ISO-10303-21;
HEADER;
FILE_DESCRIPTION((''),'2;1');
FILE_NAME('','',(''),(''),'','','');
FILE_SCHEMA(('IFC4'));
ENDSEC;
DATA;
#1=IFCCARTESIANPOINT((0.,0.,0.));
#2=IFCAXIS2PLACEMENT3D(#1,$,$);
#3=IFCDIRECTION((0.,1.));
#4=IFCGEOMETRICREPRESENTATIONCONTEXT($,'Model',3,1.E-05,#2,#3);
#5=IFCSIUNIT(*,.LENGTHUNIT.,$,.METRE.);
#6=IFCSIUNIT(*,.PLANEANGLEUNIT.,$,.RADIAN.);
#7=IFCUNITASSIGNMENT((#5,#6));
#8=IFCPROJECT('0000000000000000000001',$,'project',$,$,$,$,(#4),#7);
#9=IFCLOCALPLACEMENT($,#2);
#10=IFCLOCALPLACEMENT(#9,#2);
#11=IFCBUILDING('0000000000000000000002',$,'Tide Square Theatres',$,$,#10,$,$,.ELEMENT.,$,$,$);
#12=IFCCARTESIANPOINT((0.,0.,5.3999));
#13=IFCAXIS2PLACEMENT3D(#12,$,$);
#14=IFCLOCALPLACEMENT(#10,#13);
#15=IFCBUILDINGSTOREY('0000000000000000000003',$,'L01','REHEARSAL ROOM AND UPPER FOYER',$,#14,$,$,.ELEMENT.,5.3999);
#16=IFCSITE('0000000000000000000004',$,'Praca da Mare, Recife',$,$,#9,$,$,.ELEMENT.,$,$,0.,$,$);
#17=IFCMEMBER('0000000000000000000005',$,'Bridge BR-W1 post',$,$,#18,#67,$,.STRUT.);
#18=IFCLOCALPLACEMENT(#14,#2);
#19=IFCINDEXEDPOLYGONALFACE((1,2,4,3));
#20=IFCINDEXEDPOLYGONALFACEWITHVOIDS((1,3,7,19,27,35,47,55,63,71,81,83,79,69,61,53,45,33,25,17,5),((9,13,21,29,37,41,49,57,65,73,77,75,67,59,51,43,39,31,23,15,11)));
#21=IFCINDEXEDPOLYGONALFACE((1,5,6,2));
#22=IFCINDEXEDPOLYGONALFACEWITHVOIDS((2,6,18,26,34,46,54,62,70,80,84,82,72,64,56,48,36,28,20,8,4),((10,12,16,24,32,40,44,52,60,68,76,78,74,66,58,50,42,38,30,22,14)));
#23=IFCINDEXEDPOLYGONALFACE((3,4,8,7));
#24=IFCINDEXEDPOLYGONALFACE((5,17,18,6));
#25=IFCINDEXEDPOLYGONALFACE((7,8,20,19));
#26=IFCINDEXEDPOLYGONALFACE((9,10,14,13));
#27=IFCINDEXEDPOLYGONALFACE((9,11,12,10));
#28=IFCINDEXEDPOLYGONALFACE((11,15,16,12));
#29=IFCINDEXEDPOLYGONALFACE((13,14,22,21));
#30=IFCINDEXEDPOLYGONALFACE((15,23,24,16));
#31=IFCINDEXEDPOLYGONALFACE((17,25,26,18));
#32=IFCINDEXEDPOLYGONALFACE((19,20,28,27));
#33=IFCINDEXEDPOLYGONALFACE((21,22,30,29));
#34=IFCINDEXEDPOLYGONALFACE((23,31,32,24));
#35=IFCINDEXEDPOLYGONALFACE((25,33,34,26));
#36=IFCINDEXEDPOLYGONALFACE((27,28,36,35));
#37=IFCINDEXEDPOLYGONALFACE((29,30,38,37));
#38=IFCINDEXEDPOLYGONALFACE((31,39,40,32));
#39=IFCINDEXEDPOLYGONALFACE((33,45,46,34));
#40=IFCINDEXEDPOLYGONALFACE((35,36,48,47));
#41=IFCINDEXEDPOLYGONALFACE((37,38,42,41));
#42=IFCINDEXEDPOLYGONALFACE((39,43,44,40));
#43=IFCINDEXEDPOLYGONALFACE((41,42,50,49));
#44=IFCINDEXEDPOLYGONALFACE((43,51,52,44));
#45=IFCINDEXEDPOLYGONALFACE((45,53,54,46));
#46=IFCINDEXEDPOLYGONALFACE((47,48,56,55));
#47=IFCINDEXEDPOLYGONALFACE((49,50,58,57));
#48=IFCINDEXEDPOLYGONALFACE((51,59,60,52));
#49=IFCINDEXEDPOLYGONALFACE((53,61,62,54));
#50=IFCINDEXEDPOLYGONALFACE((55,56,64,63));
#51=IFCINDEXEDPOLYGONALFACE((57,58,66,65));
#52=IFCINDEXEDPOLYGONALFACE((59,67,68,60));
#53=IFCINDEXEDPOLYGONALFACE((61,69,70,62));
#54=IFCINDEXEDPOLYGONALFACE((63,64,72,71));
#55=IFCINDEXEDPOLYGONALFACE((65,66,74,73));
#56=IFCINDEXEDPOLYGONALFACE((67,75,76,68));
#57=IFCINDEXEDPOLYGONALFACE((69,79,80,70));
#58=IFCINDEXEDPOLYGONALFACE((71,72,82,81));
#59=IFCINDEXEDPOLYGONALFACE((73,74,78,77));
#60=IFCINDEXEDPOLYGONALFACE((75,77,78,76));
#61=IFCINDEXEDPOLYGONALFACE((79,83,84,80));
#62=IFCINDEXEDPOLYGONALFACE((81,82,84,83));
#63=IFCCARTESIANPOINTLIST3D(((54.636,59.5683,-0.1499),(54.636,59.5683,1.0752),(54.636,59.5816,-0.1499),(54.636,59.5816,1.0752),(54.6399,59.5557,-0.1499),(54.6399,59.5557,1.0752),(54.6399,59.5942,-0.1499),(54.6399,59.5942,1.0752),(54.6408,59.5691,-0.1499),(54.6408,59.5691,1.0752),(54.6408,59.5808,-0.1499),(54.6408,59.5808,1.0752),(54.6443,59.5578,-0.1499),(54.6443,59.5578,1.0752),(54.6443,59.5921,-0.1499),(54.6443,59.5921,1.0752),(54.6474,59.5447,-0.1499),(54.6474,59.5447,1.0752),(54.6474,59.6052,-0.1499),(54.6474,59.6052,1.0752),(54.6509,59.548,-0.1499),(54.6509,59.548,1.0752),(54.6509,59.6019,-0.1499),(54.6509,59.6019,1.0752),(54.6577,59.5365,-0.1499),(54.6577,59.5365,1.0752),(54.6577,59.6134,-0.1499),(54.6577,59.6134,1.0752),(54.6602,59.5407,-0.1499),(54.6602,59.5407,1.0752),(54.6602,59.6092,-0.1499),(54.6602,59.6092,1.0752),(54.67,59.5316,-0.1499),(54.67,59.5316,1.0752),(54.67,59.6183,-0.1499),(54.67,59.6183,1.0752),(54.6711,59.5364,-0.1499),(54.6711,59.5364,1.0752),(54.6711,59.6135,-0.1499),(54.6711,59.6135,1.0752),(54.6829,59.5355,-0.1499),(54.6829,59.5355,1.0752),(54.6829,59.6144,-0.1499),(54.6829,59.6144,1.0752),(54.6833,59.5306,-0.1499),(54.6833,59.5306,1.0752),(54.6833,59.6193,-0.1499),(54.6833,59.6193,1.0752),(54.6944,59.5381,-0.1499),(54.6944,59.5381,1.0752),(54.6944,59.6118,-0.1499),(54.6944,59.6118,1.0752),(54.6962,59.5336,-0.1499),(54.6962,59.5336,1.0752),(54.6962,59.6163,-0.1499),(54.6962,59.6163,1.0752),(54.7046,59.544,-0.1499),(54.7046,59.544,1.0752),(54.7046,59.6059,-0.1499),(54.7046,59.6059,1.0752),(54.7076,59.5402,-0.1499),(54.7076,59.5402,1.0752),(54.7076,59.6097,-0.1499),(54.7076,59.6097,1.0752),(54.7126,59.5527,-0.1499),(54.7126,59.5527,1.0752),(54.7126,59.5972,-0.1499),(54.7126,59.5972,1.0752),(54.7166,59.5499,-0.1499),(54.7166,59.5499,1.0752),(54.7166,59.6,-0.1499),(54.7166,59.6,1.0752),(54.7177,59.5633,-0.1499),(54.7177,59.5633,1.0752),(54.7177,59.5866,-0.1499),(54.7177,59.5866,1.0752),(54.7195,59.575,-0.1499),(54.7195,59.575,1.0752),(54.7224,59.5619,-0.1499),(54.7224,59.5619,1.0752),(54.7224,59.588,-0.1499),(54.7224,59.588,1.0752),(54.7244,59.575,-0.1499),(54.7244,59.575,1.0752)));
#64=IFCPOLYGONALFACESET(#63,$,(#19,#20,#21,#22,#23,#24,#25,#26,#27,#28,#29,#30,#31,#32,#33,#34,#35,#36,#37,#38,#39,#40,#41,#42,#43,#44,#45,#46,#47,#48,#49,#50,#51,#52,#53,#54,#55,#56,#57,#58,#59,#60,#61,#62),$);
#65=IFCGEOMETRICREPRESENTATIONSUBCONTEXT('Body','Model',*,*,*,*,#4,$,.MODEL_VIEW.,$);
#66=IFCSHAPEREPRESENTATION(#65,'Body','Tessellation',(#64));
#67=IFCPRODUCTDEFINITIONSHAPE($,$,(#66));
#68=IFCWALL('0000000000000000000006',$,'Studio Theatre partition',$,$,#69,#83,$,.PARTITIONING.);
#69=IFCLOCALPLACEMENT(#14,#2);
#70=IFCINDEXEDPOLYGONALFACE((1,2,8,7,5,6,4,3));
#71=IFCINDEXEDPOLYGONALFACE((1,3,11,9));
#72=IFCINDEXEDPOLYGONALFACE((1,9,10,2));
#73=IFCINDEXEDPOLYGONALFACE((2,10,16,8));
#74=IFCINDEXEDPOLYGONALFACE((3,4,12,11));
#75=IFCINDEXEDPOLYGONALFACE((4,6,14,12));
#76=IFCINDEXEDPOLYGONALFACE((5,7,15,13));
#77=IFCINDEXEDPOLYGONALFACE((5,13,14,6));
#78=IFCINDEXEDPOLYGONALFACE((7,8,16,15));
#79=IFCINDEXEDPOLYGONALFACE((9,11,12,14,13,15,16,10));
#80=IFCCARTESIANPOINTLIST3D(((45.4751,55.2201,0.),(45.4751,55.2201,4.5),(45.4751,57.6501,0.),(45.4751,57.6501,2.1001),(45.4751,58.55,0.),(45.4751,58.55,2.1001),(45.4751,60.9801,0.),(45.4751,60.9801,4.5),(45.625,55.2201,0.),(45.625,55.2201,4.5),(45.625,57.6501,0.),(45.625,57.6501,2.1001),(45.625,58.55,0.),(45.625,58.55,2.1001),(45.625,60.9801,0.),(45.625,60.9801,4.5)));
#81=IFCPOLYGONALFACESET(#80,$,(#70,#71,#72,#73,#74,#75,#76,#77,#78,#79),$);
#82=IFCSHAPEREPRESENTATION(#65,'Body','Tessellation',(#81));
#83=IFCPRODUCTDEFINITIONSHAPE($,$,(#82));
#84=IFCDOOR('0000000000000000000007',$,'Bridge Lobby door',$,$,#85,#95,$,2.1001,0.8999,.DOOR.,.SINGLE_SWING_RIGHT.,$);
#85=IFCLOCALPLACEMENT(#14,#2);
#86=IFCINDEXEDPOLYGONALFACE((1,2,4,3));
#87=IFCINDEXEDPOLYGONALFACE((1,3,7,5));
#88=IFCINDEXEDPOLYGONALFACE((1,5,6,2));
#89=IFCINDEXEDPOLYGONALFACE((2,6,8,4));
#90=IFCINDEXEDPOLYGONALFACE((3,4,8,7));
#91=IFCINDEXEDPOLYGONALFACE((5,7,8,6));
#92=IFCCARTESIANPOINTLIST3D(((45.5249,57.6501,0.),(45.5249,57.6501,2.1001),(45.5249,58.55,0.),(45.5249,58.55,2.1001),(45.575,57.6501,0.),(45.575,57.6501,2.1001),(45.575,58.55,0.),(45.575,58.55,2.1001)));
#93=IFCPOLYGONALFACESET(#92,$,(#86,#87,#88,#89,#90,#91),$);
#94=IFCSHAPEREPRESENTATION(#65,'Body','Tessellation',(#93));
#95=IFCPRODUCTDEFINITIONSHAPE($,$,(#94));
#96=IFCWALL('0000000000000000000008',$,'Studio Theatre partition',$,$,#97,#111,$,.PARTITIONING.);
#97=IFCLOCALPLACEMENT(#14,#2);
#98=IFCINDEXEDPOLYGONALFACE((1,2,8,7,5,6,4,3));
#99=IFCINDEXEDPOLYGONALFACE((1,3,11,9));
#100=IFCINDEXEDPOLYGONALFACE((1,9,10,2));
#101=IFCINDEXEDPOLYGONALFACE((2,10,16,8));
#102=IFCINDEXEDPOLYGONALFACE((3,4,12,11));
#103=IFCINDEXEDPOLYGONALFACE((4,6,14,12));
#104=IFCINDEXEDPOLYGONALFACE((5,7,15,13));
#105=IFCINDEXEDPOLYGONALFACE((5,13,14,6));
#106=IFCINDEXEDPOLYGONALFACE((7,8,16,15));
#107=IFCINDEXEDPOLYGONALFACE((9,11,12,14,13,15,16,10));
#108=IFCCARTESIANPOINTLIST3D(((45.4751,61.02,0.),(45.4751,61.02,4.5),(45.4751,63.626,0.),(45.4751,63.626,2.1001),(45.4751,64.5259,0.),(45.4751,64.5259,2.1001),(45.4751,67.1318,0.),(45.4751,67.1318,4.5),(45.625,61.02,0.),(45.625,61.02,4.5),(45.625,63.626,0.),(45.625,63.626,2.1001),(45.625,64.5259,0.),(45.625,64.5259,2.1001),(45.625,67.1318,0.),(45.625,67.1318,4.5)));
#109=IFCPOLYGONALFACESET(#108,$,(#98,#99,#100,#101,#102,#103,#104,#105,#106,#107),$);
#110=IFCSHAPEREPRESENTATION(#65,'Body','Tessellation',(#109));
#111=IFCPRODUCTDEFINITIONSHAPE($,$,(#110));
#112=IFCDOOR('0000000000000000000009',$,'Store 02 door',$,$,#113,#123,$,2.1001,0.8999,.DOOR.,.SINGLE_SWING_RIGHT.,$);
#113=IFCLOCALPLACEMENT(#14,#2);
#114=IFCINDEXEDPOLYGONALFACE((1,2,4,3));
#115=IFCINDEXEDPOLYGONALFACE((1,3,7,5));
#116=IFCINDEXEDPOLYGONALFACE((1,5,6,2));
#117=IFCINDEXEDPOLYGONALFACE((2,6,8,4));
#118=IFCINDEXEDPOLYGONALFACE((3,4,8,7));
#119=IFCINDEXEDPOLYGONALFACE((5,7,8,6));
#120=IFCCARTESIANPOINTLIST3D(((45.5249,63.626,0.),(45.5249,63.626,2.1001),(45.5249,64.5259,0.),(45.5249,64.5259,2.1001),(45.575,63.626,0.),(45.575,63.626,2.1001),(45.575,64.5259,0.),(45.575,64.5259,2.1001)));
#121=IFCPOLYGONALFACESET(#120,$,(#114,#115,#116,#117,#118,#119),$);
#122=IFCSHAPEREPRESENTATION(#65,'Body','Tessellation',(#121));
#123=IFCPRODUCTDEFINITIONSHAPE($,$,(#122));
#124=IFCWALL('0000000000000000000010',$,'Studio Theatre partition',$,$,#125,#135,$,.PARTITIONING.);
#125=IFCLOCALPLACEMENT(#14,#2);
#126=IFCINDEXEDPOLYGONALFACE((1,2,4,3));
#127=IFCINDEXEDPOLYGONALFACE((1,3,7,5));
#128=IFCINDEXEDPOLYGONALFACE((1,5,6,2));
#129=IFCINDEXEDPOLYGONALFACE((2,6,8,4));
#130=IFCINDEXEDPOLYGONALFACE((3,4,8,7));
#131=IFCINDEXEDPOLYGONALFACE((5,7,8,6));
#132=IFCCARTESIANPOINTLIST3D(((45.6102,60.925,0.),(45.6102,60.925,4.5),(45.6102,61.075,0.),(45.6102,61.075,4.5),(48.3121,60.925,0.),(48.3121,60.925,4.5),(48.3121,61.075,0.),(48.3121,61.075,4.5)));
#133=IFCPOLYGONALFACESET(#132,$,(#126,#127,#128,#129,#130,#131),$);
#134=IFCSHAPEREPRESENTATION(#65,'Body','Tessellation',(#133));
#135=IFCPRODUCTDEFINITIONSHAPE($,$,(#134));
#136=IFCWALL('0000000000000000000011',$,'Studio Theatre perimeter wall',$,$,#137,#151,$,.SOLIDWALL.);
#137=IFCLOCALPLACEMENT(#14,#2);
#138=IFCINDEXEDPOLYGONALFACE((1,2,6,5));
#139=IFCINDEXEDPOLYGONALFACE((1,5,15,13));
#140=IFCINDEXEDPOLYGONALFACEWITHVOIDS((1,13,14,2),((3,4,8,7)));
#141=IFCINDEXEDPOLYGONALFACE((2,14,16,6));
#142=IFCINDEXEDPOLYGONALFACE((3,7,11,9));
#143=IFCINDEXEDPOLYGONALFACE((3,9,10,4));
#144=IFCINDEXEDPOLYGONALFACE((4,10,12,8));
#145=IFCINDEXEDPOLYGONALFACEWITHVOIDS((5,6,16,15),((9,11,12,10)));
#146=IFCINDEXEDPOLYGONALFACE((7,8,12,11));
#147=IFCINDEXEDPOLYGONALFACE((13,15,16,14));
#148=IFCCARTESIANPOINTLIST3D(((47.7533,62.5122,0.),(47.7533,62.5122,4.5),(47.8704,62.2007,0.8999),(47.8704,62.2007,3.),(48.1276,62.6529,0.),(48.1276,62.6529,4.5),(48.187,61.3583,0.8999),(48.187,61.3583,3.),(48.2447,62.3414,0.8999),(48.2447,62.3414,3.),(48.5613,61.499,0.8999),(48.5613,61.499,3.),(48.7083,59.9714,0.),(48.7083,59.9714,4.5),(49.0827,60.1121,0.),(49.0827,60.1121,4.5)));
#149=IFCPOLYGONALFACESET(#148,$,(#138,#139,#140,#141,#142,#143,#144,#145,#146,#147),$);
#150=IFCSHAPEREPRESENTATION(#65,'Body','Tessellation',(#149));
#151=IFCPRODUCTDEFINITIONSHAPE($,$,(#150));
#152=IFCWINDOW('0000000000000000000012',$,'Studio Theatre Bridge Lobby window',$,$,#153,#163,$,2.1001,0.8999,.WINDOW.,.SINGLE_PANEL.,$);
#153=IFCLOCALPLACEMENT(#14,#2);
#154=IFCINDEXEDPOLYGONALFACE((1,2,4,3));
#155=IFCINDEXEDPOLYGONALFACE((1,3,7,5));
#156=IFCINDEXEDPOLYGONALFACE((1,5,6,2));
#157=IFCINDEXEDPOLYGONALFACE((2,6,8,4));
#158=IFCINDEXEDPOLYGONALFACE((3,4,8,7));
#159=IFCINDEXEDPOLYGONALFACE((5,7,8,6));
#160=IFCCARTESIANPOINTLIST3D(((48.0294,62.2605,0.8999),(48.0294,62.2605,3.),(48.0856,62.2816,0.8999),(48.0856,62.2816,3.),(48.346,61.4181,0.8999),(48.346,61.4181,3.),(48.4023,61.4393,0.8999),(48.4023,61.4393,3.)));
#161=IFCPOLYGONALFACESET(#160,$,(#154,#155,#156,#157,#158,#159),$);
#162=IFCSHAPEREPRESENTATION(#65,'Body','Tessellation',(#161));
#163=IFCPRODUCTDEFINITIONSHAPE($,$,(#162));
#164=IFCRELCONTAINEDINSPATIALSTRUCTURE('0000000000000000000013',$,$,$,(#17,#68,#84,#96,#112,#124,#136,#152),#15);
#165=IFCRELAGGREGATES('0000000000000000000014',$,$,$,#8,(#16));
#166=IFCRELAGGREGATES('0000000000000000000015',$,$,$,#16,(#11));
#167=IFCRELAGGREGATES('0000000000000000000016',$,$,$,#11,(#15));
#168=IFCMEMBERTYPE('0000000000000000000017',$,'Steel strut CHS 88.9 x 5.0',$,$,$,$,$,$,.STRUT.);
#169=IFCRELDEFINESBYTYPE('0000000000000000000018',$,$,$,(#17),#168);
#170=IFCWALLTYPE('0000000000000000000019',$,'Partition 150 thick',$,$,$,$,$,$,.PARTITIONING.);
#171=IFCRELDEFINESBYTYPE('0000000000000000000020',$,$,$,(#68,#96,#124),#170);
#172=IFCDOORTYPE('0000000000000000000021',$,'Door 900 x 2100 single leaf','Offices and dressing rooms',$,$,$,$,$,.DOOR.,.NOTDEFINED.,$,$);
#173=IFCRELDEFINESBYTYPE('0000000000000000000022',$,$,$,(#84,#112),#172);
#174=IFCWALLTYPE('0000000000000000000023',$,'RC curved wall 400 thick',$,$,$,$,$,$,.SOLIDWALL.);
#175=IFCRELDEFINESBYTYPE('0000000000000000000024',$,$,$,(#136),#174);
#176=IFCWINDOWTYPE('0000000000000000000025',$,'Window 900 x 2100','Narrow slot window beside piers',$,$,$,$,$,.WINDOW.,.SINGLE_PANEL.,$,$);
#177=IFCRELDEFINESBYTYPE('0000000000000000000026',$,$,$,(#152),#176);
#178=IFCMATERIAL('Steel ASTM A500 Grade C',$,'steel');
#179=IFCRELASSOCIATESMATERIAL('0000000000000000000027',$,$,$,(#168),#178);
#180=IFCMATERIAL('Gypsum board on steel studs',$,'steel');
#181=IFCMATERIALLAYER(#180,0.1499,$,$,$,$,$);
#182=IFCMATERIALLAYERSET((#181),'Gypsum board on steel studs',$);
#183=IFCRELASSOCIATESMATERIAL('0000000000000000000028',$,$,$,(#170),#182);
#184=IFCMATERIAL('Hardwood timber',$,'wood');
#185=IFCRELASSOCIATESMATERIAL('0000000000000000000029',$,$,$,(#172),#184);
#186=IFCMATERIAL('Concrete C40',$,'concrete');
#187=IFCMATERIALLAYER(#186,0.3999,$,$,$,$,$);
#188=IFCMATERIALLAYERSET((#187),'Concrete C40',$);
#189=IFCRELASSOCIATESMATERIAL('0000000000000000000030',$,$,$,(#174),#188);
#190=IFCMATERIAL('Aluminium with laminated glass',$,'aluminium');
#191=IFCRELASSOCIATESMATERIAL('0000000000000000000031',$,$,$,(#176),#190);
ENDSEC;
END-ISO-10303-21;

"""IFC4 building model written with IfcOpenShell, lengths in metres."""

from ifc_helpers import new_model, si_unit, direction, frame, frame_2d, origin, origin_2d, place, context, subcontext, project, spatial, rectangle, hollow_circle, extrude, material, layer, layer_set, material_profile, profile_set, type_object, element, fill, save


model = new_model("IFC4")

# Units and contexts
model_context = context("Model", 3, precision=1e-05, world=origin(), true_north=direction((0.0, 1.0)))
body_context = subcontext(model_context, "Body", "Model", "MODEL_VIEW")
ifc_project = project(units=[si_unit("LENGTHUNIT", "METRE"), si_unit("PLANEANGLEUNIT", "RADIAN")], contexts=[model_context])

# Site, building, storey
site_placement = place(None, origin())
site = spatial("IfcSite", under=ifc_project, at=site_placement, Name="Praca da Mare, Recife", CompositionType="ELEMENT", RefElevation=0.0)
building_placement = place(site_placement, origin())
building = spatial("IfcBuilding", under=site, at=building_placement, Name="Tide Square Theatres", CompositionType="ELEMENT")
storey_placement = place(building_placement, frame((0.0, 0.0, 5.3999)))
storey = spatial("IfcBuildingStorey", under=building, at=storey_placement, Name="L01", Description="REHEARSAL ROOM AND UPPER FOYER", CompositionType="ELEMENT", Elevation=5.3999)

# Member
ifc_material_1 = material(Name="Steel ASTM A500 Grade C", Category="steel")
ifc_material_profile_1 = material_profile(ifc_material_1, hollow_circle(Radius=0.0444, WallThickness=0.0049, at=origin_2d()))
ifc_profile_set_1 = profile_set([ifc_material_profile_1], Name="Steel ASTM A500 Grade C")
member_type_1 = type_object("IfcMemberType", Name="Steel strut CHS 88.9 x 5.0", PredefinedType="STRUT", material=ifc_profile_set_1)
for number, where, z_axis, x_axis, name in (
    (1, (54.6799, 59.575, -0.1499), (0.0, 0.0, 1.0), (1.0, 0.0, 0.0), "Bridge BR-W1 post"),
):
    element("IfcMember", number, at=place(storey_placement, frame(where, z_axis=z_axis, x_axis=x_axis)), inside=storey, type_object=member_type_1, Name=name, PredefinedType="STRUT", context=body_context, shape_type="SweptSolid", body=[
        extrude(hollow_circle(Radius=0.0444, WallThickness=0.0049, at=origin_2d()), origin(), (0.0, 0.0, 1.0), 1.2251),
    ])

# Walls, openings, doors
ifc_material_2 = material(Name="Gypsum board on steel studs", Category="steel")
ifc_layer_1 = layer(ifc_material_2, 0.1499)
ifc_layer_set_1 = layer_set([ifc_layer_1], Name="Gypsum board on steel studs")
wall_type_1 = type_object("IfcWallType", Name="Partition 150 thick", PredefinedType="PARTITIONING", material=ifc_layer_set_1)
wall_1_placement = place(storey_placement, frame((45.55, 60.98, 0.0), z_axis=(0.0, 0.0, 1.0), x_axis=(0.0, -1.0, 0.0)))
wall_1 = element("IfcWall", 2, at=wall_1_placement, inside=storey, type_object=wall_type_1, Name="Studio Theatre partition", PredefinedType="PARTITIONING", context=body_context, shape_type="SweptSolid", body=[
    extrude(rectangle(XDim=5.76, YDim=0.1499, at=frame_2d((2.8799, 0.0))), origin(), (0.0, 0.0, 1.0), 4.5),
])
opening_1_placement = place(wall_1_placement, frame((2.4299, 0.0, 0.0)))
opening_1 = element("IfcOpeningElement", 3, at=opening_1_placement, cuts=wall_1, PredefinedType="OPENING", context=body_context, shape_type="SweptSolid", body=[
    extrude(rectangle(XDim=0.8999, YDim=2.1001, at=frame_2d((0.45, 1.05))), frame((0.0, 0.085, 0.0), z_axis=(0.0, -1.0, 0.0), x_axis=(1.0, 0.0, 0.0)), (0.0, 0.0, 1.0), 0.1699),
])
ifc_material_3 = material(Name="Hardwood timber", Category="wood")
door_type = type_object("IfcDoorType", Name="Door 900 x 2100 single leaf", Description="Offices and dressing rooms", OperationType="NOTDEFINED", PredefinedType="DOOR", material=ifc_material_3)
door_1_placement = place(opening_1_placement, origin())
door_1 = element("IfcDoor", 4, at=door_1_placement, inside=storey, type_object=door_type, Name="Bridge Lobby door", OperationType="SINGLE_SWING_RIGHT", OverallHeight=2.1001, OverallWidth=0.8999, PredefinedType="DOOR", context=body_context, shape_type="SweptSolid", body=[
    extrude(rectangle(XDim=0.8999, YDim=2.1001, at=frame_2d((0.45, 1.05))), frame((0.0, 0.0249, 0.0), z_axis=(0.0, -1.0, 0.0), x_axis=(1.0, 0.0, 0.0)), (0.0, 0.0, 1.0), 0.05),
])
fill(opening_1, door_1)
wall_2_placement = place(storey_placement, frame((45.55, 67.1318, 0.0), z_axis=(0.0, 0.0, 1.0), x_axis=(0.0, -1.0, 0.0)))
wall_2 = element("IfcWall", 5, at=wall_2_placement, inside=storey, type_object=wall_type_1, Name="Studio Theatre partition", PredefinedType="PARTITIONING", context=body_context, shape_type="SweptSolid", body=[
    extrude(rectangle(XDim=6.1118, YDim=0.1499, at=frame_2d((3.0559, 0.0))), origin(), (0.0, 0.0, 1.0), 4.5),
])
opening_2_placement = place(wall_2_placement, frame((2.606, 0.0, 0.0)))
opening_2 = element("IfcOpeningElement", 6, at=opening_2_placement, cuts=wall_2, PredefinedType="OPENING", context=body_context, shape_type="SweptSolid", body=[
    extrude(rectangle(XDim=0.8999, YDim=2.1001, at=frame_2d((0.45, 1.05))), frame((0.0, 0.085, 0.0), z_axis=(0.0, -1.0, 0.0), x_axis=(1.0, 0.0, 0.0)), (0.0, 0.0, 1.0), 0.1699),
])
door_2_placement = place(opening_2_placement, origin())
door_2 = element("IfcDoor", 7, at=door_2_placement, inside=storey, type_object=door_type, Name="Store 02 door", OperationType="SINGLE_SWING_RIGHT", OverallHeight=2.1001, OverallWidth=0.8999, PredefinedType="DOOR", context=body_context, shape_type="SweptSolid", body=[
    extrude(rectangle(XDim=0.8999, YDim=2.1001, at=frame_2d((0.45, 1.05))), frame((0.0, 0.0249, 0.0), z_axis=(0.0, -1.0, 0.0), x_axis=(1.0, 0.0, 0.0)), (0.0, 0.0, 1.0), 0.05),
])
fill(opening_2, door_2)

# Wall
wall_3_placement = place(storey_placement, frame((45.6101, 61.0, 0.0), z_axis=(0.0, 0.0, 1.0), x_axis=(1.0, 0.0, 0.0)))
element("IfcWall", 8, at=wall_3_placement, inside=storey, type_object=wall_type_1, Name="Studio Theatre partition", PredefinedType="PARTITIONING", context=body_context, shape_type="SweptSolid", body=[
    extrude(rectangle(XDim=2.7019, YDim=0.1499, at=frame_2d((1.3511, 0.0))), origin(), (0.0, 0.0, 1.0), 4.5),
])

# Wall, opening, window
ifc_material_4 = material(Name="Concrete C40", Category="concrete")
ifc_layer_2 = layer(ifc_material_4, 0.3999)
ifc_layer_set_2 = layer_set([ifc_layer_2], Name="Concrete C40")
wall_type_2 = type_object("IfcWallType", Name="RC curved wall 400 thick", PredefinedType="SOLIDWALL", material=ifc_layer_set_2)
wall_4_placement = place(storey_placement, frame((48.8955, 60.0417, 0.0), z_axis=(0.0, 0.0, 1.0), x_axis=(-0.351863, 0.936052, 0.0)))
wall_4 = element("IfcWall", 9, at=wall_4_placement, inside=storey, type_object=wall_type_2, Name="Studio Theatre perimeter wall", PredefinedType="SOLIDWALL", context=body_context, shape_type="SweptSolid", body=[
    extrude(rectangle(XDim=2.7144, YDim=0.3999, at=frame_2d((1.3572, 0.0))), origin(), (0.0, 0.0, 1.0), 4.5),
])
opening_3_placement = place(wall_4_placement, frame((1.4817, 0.0, 0.8999)))
opening_3 = element("IfcOpeningElement", 10, at=opening_3_placement, cuts=wall_4, PredefinedType="OPENING", context=body_context, shape_type="SweptSolid", body=[
    extrude(rectangle(XDim=0.8999, YDim=2.1001, at=frame_2d((0.45, 1.05))), frame((0.0, 0.21, 0.0), z_axis=(0.0, -1.0, 0.0), x_axis=(1.0, 0.0, 0.0)), (0.0, 0.0, 1.0), 0.4199),
])
ifc_material_5 = material(Name="Aluminium with laminated glass", Category="aluminium")
window_type_1 = type_object("IfcWindowType", Name="Window 900 x 2100", Description="Narrow slot window beside piers", PartitioningType="SINGLE_PANEL", PredefinedType="WINDOW", material=ifc_material_5)
window_1_placement = place(opening_3_placement, origin())
window_1 = element("IfcWindow", 11, at=window_1_placement, inside=storey, type_object=window_type_1, Name="Studio Theatre Bridge Lobby window", OverallHeight=2.1001, OverallWidth=0.8999, PartitioningType="SINGLE_PANEL", PredefinedType="WINDOW", context=body_context, shape_type="SweptSolid", body=[
    extrude(rectangle(XDim=0.8999, YDim=2.1001, at=frame_2d((0.45, 1.05))), frame((0.0, 0.03, 0.0), z_axis=(0.0, -1.0, 0.0), x_axis=(1.0, 0.0, 0.0)), (0.0, 0.0, 1.0), 0.0601),
])
fill(opening_3, window_1)

save(model, "model.ifc")
